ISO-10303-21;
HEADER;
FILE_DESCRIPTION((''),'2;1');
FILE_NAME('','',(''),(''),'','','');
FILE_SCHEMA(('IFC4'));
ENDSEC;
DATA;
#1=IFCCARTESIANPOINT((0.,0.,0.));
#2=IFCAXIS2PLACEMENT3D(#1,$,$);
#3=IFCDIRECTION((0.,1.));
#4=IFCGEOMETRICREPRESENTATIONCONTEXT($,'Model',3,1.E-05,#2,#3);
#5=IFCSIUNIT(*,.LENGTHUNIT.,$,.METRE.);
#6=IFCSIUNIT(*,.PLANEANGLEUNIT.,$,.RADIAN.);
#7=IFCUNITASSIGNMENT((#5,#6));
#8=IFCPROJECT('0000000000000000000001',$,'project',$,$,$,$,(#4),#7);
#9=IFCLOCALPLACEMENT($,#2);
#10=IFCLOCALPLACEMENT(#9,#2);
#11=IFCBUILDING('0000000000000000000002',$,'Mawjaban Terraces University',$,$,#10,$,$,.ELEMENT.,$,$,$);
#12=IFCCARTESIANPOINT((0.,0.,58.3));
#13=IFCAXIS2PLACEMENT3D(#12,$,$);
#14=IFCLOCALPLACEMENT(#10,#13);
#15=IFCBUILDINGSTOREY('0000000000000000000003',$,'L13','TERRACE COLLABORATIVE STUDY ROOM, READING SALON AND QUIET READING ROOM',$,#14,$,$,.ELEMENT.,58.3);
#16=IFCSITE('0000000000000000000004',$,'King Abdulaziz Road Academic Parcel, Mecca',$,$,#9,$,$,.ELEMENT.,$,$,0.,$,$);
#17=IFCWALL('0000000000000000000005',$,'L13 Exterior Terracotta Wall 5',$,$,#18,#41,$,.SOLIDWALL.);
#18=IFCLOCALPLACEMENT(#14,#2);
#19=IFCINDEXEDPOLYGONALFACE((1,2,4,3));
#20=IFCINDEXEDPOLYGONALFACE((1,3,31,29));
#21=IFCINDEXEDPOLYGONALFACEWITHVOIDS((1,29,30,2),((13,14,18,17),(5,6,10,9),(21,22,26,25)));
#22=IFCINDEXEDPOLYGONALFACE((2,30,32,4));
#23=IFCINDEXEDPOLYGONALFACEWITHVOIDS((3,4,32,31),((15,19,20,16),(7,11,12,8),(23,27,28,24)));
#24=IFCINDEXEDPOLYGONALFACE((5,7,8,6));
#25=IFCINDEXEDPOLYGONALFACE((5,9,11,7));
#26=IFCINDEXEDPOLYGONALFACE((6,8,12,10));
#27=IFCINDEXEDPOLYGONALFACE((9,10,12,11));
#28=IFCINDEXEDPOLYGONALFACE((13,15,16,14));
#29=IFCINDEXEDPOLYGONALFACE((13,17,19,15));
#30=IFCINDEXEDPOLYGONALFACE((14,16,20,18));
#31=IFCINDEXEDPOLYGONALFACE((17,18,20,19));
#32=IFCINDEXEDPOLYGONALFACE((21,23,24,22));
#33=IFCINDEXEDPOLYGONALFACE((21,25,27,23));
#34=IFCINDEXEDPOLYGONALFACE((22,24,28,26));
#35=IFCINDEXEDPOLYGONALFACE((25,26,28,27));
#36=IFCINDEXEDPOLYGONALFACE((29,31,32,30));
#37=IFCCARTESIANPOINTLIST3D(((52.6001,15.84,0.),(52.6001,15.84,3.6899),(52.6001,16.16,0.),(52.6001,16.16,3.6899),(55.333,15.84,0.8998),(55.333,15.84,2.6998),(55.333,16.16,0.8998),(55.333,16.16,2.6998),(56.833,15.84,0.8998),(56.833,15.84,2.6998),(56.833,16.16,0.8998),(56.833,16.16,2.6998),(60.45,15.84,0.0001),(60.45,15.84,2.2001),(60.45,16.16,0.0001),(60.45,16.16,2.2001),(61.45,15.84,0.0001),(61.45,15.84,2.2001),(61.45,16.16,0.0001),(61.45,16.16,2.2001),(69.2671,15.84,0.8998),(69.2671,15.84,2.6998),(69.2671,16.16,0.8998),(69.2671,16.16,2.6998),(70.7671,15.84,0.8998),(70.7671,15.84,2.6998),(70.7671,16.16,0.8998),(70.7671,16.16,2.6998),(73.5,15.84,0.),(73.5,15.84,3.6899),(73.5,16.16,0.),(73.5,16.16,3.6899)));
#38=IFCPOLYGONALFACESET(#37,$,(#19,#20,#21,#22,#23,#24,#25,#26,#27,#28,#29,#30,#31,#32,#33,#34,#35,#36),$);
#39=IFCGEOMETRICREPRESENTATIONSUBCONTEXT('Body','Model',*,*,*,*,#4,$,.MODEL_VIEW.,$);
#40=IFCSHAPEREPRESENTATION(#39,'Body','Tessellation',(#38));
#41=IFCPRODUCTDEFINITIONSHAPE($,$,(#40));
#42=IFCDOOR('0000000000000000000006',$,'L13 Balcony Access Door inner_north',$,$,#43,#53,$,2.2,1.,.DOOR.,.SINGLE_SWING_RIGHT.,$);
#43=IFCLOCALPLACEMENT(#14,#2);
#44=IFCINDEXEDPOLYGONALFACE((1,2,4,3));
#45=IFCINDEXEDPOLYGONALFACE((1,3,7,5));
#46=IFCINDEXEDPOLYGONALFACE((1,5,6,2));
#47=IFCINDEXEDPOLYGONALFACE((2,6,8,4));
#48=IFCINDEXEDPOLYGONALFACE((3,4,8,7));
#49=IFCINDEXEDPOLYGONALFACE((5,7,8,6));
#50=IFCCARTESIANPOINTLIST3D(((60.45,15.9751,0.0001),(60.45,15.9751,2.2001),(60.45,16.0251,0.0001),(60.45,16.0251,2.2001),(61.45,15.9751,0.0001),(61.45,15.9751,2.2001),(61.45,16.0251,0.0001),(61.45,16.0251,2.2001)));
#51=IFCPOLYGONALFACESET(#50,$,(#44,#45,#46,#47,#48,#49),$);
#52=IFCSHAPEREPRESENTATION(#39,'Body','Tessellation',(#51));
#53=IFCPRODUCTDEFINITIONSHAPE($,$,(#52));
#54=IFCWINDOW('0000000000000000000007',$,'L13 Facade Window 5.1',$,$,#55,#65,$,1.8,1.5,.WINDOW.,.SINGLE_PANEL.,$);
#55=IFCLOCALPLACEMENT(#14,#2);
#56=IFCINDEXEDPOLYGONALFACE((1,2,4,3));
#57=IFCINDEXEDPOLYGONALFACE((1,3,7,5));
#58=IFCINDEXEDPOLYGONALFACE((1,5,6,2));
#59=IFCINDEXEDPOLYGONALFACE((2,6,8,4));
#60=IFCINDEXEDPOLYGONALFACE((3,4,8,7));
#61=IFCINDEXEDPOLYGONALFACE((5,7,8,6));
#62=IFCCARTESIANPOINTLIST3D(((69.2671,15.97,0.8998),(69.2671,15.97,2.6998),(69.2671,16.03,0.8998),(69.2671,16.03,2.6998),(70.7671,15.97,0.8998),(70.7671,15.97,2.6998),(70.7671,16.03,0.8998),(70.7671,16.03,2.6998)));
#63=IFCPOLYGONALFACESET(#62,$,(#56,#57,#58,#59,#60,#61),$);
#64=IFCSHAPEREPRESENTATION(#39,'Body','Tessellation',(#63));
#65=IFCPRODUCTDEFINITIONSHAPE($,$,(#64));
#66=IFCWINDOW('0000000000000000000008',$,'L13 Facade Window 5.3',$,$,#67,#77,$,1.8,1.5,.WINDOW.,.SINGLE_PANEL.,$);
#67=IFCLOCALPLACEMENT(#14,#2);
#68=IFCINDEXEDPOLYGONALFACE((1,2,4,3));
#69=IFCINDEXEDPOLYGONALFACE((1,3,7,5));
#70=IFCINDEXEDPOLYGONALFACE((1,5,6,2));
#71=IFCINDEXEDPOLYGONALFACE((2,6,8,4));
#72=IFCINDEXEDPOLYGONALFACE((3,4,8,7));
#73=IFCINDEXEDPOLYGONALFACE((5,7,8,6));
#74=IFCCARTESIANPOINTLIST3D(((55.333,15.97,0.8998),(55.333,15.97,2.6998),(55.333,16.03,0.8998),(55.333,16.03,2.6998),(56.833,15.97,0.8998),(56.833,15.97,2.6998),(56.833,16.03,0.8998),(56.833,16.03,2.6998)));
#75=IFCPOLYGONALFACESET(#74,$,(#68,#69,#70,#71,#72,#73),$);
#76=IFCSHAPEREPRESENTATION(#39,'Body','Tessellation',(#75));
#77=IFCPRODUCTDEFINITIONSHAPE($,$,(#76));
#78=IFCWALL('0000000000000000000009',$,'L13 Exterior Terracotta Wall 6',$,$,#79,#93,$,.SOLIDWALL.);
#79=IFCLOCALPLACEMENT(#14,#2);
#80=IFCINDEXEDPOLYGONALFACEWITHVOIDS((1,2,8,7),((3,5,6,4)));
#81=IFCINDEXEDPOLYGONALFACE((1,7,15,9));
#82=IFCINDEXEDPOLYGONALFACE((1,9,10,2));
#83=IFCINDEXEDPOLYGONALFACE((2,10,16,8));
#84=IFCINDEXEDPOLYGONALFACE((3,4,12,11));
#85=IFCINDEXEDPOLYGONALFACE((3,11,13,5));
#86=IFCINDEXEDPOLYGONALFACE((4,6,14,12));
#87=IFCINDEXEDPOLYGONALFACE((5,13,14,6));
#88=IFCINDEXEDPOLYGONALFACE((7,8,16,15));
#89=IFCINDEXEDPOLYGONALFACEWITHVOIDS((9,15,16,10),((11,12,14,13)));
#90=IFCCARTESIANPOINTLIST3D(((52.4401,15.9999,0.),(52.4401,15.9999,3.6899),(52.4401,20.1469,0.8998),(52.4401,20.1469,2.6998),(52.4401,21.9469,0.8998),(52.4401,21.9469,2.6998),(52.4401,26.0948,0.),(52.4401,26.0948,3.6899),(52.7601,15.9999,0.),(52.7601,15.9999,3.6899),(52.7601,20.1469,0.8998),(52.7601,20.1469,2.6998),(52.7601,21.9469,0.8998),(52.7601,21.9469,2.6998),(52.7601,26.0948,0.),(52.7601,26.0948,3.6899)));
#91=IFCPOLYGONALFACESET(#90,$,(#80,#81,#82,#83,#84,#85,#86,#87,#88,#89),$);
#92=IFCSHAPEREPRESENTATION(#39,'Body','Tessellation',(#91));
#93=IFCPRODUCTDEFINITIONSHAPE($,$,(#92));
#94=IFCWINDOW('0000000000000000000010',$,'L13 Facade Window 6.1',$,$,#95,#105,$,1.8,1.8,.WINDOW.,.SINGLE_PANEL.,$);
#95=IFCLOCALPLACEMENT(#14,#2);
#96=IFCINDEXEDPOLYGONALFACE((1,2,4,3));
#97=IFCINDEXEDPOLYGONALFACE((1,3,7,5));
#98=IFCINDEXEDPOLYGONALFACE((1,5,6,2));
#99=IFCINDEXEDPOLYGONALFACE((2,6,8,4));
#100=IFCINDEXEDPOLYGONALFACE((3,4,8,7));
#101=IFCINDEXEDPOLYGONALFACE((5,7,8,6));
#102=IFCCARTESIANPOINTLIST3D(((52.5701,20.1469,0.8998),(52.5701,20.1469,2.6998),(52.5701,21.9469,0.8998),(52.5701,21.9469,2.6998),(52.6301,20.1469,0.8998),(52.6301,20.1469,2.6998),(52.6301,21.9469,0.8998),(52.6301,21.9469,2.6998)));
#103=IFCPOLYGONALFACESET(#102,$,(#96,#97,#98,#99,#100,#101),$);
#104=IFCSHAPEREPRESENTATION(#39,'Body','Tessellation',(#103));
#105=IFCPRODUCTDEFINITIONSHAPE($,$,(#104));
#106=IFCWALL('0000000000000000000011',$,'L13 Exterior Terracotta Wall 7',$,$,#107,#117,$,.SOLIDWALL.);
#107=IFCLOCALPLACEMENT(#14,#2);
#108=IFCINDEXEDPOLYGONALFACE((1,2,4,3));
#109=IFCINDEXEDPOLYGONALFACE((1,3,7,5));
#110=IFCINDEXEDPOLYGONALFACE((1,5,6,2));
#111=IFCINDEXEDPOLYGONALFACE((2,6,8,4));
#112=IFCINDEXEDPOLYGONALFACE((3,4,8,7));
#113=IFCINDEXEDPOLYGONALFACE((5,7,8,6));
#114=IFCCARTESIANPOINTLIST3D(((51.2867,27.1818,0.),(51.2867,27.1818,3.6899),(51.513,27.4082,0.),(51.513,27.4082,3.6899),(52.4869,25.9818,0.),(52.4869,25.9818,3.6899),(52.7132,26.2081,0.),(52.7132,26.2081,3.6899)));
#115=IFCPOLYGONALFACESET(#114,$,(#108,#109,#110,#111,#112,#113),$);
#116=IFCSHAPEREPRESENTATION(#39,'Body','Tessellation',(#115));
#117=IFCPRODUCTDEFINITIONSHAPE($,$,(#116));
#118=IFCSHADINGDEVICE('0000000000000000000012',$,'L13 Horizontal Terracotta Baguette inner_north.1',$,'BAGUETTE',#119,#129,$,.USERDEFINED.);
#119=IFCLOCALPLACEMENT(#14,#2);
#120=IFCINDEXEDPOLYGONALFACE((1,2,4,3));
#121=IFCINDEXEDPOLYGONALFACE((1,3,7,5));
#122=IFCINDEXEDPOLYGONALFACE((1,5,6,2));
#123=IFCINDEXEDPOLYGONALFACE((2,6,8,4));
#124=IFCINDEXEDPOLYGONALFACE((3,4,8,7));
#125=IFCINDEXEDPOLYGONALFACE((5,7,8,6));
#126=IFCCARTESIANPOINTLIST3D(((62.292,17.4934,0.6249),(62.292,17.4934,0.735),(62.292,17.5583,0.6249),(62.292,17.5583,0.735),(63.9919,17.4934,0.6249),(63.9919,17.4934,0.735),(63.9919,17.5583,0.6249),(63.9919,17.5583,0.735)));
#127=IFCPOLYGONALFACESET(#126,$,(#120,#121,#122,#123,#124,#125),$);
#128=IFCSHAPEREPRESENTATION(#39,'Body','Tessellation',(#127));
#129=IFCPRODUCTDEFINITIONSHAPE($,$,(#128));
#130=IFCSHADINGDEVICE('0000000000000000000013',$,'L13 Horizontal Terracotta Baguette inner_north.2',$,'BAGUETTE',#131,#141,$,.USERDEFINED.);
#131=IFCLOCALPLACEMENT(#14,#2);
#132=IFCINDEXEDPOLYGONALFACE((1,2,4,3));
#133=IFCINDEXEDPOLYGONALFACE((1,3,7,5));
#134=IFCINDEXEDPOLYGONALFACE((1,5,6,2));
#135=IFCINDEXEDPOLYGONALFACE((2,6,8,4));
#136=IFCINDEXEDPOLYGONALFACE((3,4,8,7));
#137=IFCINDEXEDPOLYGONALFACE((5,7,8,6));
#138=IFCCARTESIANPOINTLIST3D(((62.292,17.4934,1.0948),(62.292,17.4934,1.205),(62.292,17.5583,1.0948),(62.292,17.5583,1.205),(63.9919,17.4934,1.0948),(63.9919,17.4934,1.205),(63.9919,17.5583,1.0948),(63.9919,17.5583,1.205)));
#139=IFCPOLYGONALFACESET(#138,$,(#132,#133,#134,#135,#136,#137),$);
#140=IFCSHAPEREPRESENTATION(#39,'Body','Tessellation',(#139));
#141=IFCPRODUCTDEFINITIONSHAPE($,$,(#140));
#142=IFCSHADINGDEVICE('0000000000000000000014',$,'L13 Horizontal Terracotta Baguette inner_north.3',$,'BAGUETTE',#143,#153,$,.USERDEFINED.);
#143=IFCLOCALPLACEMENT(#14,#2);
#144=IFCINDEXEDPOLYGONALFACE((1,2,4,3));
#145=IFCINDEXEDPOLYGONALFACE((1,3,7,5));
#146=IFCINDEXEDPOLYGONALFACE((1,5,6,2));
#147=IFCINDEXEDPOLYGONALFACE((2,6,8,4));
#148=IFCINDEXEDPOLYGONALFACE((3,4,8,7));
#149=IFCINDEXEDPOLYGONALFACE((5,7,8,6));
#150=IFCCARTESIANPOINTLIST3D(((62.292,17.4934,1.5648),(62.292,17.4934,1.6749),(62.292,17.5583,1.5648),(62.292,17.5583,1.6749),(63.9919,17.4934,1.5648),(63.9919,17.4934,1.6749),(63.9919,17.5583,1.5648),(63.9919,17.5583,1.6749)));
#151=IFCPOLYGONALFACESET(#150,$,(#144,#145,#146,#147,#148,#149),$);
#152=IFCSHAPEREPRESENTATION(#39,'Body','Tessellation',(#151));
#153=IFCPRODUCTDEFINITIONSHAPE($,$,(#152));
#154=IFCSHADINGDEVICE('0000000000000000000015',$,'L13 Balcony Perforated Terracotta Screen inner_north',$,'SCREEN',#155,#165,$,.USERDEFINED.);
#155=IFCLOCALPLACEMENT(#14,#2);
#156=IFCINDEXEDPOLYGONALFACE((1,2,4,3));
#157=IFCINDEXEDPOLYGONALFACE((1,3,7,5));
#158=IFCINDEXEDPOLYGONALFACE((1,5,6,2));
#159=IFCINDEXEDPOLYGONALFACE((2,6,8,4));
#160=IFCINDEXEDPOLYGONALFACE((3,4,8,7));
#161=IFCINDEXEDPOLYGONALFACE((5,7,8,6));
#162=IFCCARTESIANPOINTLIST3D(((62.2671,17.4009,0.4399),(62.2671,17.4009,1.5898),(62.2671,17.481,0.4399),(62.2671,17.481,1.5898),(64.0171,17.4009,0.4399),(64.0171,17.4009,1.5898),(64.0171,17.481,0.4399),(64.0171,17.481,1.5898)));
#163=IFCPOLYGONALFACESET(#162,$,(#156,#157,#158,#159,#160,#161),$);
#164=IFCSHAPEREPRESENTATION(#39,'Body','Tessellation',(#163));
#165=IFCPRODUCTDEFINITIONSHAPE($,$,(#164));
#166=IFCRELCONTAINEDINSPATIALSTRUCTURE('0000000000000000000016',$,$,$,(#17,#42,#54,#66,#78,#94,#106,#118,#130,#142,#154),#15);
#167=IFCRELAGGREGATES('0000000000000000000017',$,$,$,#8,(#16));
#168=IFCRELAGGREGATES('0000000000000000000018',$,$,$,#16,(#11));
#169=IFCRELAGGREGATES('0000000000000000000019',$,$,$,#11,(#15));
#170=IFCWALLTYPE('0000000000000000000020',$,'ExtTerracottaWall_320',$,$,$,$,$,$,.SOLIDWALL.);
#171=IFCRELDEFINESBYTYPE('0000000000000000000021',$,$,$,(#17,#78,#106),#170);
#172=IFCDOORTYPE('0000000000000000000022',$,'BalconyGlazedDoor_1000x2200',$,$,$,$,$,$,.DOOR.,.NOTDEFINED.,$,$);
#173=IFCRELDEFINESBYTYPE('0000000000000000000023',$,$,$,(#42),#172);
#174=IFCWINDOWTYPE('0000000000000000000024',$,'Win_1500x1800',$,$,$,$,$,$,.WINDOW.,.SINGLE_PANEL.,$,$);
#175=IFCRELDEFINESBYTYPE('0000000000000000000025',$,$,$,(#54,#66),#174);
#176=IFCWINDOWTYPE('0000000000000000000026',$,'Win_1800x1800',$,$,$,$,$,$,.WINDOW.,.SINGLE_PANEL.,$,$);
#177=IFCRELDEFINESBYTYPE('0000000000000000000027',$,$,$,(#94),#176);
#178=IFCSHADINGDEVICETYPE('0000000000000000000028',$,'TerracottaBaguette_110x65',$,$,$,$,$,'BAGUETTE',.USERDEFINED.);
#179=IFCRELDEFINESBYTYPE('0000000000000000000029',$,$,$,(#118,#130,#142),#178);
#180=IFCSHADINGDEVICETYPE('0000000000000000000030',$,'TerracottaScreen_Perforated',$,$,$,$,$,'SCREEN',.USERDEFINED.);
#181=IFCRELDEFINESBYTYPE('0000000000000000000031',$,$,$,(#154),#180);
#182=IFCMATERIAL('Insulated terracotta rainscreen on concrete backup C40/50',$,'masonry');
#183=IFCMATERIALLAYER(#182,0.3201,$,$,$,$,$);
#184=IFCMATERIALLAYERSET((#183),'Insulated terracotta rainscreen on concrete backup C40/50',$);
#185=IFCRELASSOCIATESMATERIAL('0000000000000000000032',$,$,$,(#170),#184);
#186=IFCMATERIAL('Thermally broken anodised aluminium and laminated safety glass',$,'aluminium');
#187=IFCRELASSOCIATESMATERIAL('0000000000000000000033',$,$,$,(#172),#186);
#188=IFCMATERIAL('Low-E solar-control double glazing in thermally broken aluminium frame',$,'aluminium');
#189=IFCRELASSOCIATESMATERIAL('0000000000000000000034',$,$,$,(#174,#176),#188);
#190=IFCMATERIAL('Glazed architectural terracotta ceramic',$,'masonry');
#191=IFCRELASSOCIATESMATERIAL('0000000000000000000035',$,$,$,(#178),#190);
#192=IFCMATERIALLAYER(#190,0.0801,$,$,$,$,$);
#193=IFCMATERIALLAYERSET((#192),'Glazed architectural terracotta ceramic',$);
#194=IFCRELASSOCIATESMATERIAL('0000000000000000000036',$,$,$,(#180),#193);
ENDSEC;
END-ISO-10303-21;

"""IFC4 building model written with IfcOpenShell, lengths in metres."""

from ifc_helpers import new_model, si_unit, direction, frame, frame_2d, origin, origin_2d, place, context, subcontext, project, spatial, rectangle, extrude, material, layer, layer_set, material_profile, profile_set, type_object, element, fill, save


model = new_model("IFC4")

# Units and contexts
model_context = context("Model", 3, precision=1e-05, world=origin(), true_north=direction((0.0, 1.0)))
body_context = subcontext(model_context, "Body", "Model", "MODEL_VIEW")
ifc_project = project(units=[si_unit("LENGTHUNIT", "METRE"), si_unit("PLANEANGLEUNIT", "RADIAN")], contexts=[model_context])

# Site, building, storey
site_placement = place(None, origin())
site = spatial("IfcSite", under=ifc_project, at=site_placement, Name="King Abdulaziz Road Academic Parcel, Mecca", CompositionType="ELEMENT", RefElevation=0.0)
building_placement = place(site_placement, origin())
building = spatial("IfcBuilding", under=site, at=building_placement, Name="Mawjaban Terraces University", CompositionType="ELEMENT")
storey_placement = place(building_placement, frame((0.0, 0.0, 58.3)))
storey = spatial("IfcBuildingStorey", under=building, at=storey_placement, Name="L13", Description="TERRACE COLLABORATIVE STUDY ROOM, READING SALON AND QUIET READING ROOM", CompositionType="ELEMENT", Elevation=58.3)

# Shared definitions
ifc_material_1 = material(Name="Insulated terracotta rainscreen on concrete backup C40/50", Category="masonry")
ifc_layer_1 = layer(ifc_material_1, 0.3201)
ifc_layer_set_1 = layer_set([ifc_layer_1], Name="Insulated terracotta rainscreen on concrete backup C40/50")
wall_type = type_object("IfcWallType", Name="ExtTerracottaWall_320", PredefinedType="SOLIDWALL", material=ifc_layer_set_1)

# Wall, openings, door, windows
wall_1_placement = place(storey_placement, frame((73.5, 16.0, 0.0), z_axis=(0.0, 0.0, 1.0), x_axis=(-1.0, 0.0, 0.0)))
wall_1 = element("IfcWall", 1, at=wall_1_placement, inside=storey, type_object=wall_type, Name="L13 Exterior Terracotta Wall 5", PredefinedType="SOLIDWALL", context=body_context, shape_type="SweptSolid", body=[
    extrude(rectangle(XDim=20.8999, YDim=0.3201, at=frame_2d((10.45, 0.0))), origin(), (0.0, 0.0, 1.0), 3.6899),
])
opening_1_placement = place(wall_1_placement, frame((12.05, 0.0, 0.0)))
opening_1 = element("IfcOpeningElement", 2, at=opening_1_placement, cuts=wall_1, PredefinedType="OPENING", context=body_context, shape_type="SweptSolid", body=[
    extrude(rectangle(XDim=1.0, YDim=2.2, at=frame_2d((0.5, 1.1001))), frame((0.0, 0.1699, 0.0), z_axis=(0.0, -1.0, 0.0), x_axis=(1.0, 0.0, 0.0)), (0.0, 0.0, 1.0), 0.3401),
])
opening_2_placement = place(wall_1_placement, frame((2.7329, 0.0, 0.8999)))
opening_2 = element("IfcOpeningElement", 3, at=opening_2_placement, cuts=wall_1, PredefinedType="OPENING", context=body_context, shape_type="SweptSolid", body=[
    extrude(rectangle(XDim=1.5, YDim=1.8, at=frame_2d((0.75, 0.8999))), frame((0.0, 0.1699, 0.0), z_axis=(0.0, -1.0, 0.0), x_axis=(1.0, 0.0, 0.0)), (0.0, 0.0, 1.0), 0.3401),
])
opening_3_placement = place(wall_1_placement, frame((16.667, 0.0, 0.8999)))
opening_3 = element("IfcOpeningElement", 4, at=opening_3_placement, cuts=wall_1, PredefinedType="OPENING", context=body_context, shape_type="SweptSolid", body=[
    extrude(rectangle(XDim=1.5, YDim=1.8, at=frame_2d((0.75, 0.8999))), frame((0.0, 0.1699, 0.0), z_axis=(0.0, -1.0, 0.0), x_axis=(1.0, 0.0, 0.0)), (0.0, 0.0, 1.0), 0.3401),
])
ifc_material_2 = material(Name="Thermally broken anodised aluminium and laminated safety glass", Category="aluminium")
door_type = type_object("IfcDoorType", Name="BalconyGlazedDoor_1000x2200", OperationType="NOTDEFINED", PredefinedType="DOOR", material=ifc_material_2)
door_placement = place(opening_1_placement, origin())
door = element("IfcDoor", 5, at=door_placement, inside=storey, type_object=door_type, Name="L13 Balcony Access Door inner_north", OperationType="SINGLE_SWING_RIGHT", OverallHeight=2.2, OverallWidth=1.0, PredefinedType="DOOR", context=body_context, shape_type="SweptSolid", body=[
    extrude(rectangle(XDim=1.0, YDim=2.2, at=frame_2d((0.5, 1.1001))), frame((0.0, 0.0249, 0.0), z_axis=(0.0, -1.0, 0.0), x_axis=(1.0, 0.0, 0.0)), (0.0, 0.0, 1.0), 0.05),
])
fill(opening_1, door)
ifc_material_3 = material(Name="Low-E solar-control double glazing in thermally broken aluminium frame", Category="aluminium")
window_type_1 = type_object("IfcWindowType", Name="Win_1500x1800", PartitioningType="SINGLE_PANEL", PredefinedType="WINDOW", material=ifc_material_3)
window_1_placement = place(opening_2_placement, origin())
window_1 = element("IfcWindow", 6, at=window_1_placement, inside=storey, type_object=window_type_1, Name="L13 Facade Window 5.1", OverallHeight=1.8, OverallWidth=1.5, PartitioningType="SINGLE_PANEL", PredefinedType="WINDOW", context=body_context, shape_type="SweptSolid", body=[
    extrude(rectangle(XDim=1.5, YDim=1.8, at=frame_2d((0.75, 0.8999))), frame((0.0, 0.03, 0.0), z_axis=(0.0, -1.0, 0.0), x_axis=(1.0, 0.0, 0.0)), (0.0, 0.0, 1.0), 0.0601),
])
fill(opening_2, window_1)
window_2_placement = place(opening_3_placement, origin())
window_2 = element("IfcWindow", 7, at=window_2_placement, inside=storey, type_object=window_type_1, Name="L13 Facade Window 5.3", OverallHeight=1.8, OverallWidth=1.5, PartitioningType="SINGLE_PANEL", PredefinedType="WINDOW", context=body_context, shape_type="SweptSolid", body=[
    extrude(rectangle(XDim=1.5, YDim=1.8, at=frame_2d((0.75, 0.8999))), frame((0.0, 0.03, 0.0), z_axis=(0.0, -1.0, 0.0), x_axis=(1.0, 0.0, 0.0)), (0.0, 0.0, 1.0), 0.0601),
])
fill(opening_3, window_2)

# Wall, opening, window
wall_2_placement = place(storey_placement, frame((52.6001, 16.0, 0.0), z_axis=(0.0, 0.0, 1.0), x_axis=(0.0, 1.0, 0.0)))
wall_2 = element("IfcWall", 8, at=wall_2_placement, inside=storey, type_object=wall_type, Name="L13 Exterior Terracotta Wall 6", PredefinedType="SOLIDWALL", context=body_context, shape_type="SweptSolid", body=[
    extrude(rectangle(XDim=10.095, YDim=0.3201, at=frame_2d((5.0474, 0.0))), origin(), (0.0, 0.0, 1.0), 3.6899),
])
opening_4_placement = place(wall_2_placement, frame((4.147, 0.0, 0.8999)))
opening_4 = element("IfcOpeningElement", 9, at=opening_4_placement, cuts=wall_2, PredefinedType="OPENING", context=body_context, shape_type="SweptSolid", body=[
    extrude(rectangle(XDim=1.8, YDim=1.8, at=frame_2d((0.8999, 0.8999))), frame((0.0, 0.1699, 0.0), z_axis=(0.0, -1.0, 0.0), x_axis=(1.0, 0.0, 0.0)), (0.0, 0.0, 1.0), 0.3401),
])
window_type_2 = type_object("IfcWindowType", Name="Win_1800x1800", PartitioningType="SINGLE_PANEL", PredefinedType="WINDOW", material=ifc_material_3)
window_3_placement = place(opening_4_placement, origin())
window_3 = element("IfcWindow", 10, at=window_3_placement, inside=storey, type_object=window_type_2, Name="L13 Facade Window 6.1", OverallHeight=1.8, OverallWidth=1.8, PartitioningType="SINGLE_PANEL", PredefinedType="WINDOW", context=body_context, shape_type="SweptSolid", body=[
    extrude(rectangle(XDim=1.8, YDim=1.8, at=frame_2d((0.8999, 0.8999))), frame((0.0, 0.03, 0.0), z_axis=(0.0, -1.0, 0.0), x_axis=(1.0, 0.0, 0.0)), (0.0, 0.0, 1.0), 0.0601),
])
fill(opening_4, window_3)

# Wall
wall_3_placement = place(storey_placement, frame((52.6001, 26.095, 0.0), z_axis=(0.0, 0.0, 1.0), x_axis=(-0.707179, 0.707035, 0.0)))
element("IfcWall", 11, at=wall_3_placement, inside=storey, type_object=wall_type, Name="L13 Exterior Terracotta Wall 7", PredefinedType="SOLIDWALL", context=body_context, shape_type="SweptSolid", body=[
    extrude(rectangle(XDim=1.6973, YDim=0.3201, at=frame_2d((0.8486, 0.0))), origin(), (0.0, 0.0, 1.0), 3.6899),
])

# Shading devices
ifc_material_4 = material(Name="Glazed architectural terracotta ceramic", Category="masonry")
ifc_material_profile_1 = material_profile(ifc_material_4, rectangle(XDim=0.0649, YDim=0.1101, at=origin_2d()), Name="TBAG110X65")
ifc_profile_set_1 = profile_set([ifc_material_profile_1], Name="Glazed architectural terracotta ceramic")
shading_device_type_1 = type_object("IfcShadingDeviceType", Name="TerracottaBaguette_110x65", ElementType="BAGUETTE", PredefinedType="USERDEFINED", material=ifc_profile_set_1)
for number, where, z_axis, x_axis, name in (
    (12, (62.292, 17.5259, 0.6799), (1.0, 0.0, 0.0), (0.0, 1.0, 0.0), "L13 Horizontal Terracotta Baguette inner_north.1"),
    (13, (62.292, 17.5259, 1.1499), (1.0, 0.0, 0.0), (0.0, 1.0, 0.0), "L13 Horizontal Terracotta Baguette inner_north.2"),
    (14, (62.292, 17.5259, 1.6199), (1.0, 0.0, 0.0), (0.0, 1.0, 0.0), "L13 Horizontal Terracotta Baguette inner_north.3"),
):
    element("IfcShadingDevice", number, at=place(storey_placement, frame(where, z_axis=z_axis, x_axis=x_axis)), inside=storey, type_object=shading_device_type_1, Name=name, ObjectType="BAGUETTE", PredefinedType="USERDEFINED", context=body_context, shape_type="SweptSolid", body=[
        extrude(rectangle(XDim=0.0649, YDim=0.1101, at=origin_2d()), origin(), (0.0, 0.0, 1.0), 1.7),
    ])
ifc_layer_2 = layer(ifc_material_4, 0.0801)
ifc_layer_set_2 = layer_set([ifc_layer_2], Name="Glazed architectural terracotta ceramic")
shading_device_type_2 = type_object("IfcShadingDeviceType", Name="TerracottaScreen_Perforated", ElementType="SCREEN", PredefinedType="USERDEFINED", material=ifc_layer_set_2)
shading_device_placement = place(storey_placement, frame((63.1421, 17.4409, 0.4399), z_axis=(0.0, 0.0, 1.0), x_axis=(1.0, 0.0, 0.0)))
element("IfcShadingDevice", 15, at=shading_device_placement, inside=storey, type_object=shading_device_type_2, Name="L13 Balcony Perforated Terracotta Screen inner_north", ObjectType="SCREEN", PredefinedType="USERDEFINED", context=body_context, shape_type="SweptSolid", body=[
    extrude(rectangle(XDim=1.75, YDim=0.0801, at=origin_2d()), origin(), (0.0, 0.0, 1.0), 1.1499),
])

save(model, "model.ifc")
